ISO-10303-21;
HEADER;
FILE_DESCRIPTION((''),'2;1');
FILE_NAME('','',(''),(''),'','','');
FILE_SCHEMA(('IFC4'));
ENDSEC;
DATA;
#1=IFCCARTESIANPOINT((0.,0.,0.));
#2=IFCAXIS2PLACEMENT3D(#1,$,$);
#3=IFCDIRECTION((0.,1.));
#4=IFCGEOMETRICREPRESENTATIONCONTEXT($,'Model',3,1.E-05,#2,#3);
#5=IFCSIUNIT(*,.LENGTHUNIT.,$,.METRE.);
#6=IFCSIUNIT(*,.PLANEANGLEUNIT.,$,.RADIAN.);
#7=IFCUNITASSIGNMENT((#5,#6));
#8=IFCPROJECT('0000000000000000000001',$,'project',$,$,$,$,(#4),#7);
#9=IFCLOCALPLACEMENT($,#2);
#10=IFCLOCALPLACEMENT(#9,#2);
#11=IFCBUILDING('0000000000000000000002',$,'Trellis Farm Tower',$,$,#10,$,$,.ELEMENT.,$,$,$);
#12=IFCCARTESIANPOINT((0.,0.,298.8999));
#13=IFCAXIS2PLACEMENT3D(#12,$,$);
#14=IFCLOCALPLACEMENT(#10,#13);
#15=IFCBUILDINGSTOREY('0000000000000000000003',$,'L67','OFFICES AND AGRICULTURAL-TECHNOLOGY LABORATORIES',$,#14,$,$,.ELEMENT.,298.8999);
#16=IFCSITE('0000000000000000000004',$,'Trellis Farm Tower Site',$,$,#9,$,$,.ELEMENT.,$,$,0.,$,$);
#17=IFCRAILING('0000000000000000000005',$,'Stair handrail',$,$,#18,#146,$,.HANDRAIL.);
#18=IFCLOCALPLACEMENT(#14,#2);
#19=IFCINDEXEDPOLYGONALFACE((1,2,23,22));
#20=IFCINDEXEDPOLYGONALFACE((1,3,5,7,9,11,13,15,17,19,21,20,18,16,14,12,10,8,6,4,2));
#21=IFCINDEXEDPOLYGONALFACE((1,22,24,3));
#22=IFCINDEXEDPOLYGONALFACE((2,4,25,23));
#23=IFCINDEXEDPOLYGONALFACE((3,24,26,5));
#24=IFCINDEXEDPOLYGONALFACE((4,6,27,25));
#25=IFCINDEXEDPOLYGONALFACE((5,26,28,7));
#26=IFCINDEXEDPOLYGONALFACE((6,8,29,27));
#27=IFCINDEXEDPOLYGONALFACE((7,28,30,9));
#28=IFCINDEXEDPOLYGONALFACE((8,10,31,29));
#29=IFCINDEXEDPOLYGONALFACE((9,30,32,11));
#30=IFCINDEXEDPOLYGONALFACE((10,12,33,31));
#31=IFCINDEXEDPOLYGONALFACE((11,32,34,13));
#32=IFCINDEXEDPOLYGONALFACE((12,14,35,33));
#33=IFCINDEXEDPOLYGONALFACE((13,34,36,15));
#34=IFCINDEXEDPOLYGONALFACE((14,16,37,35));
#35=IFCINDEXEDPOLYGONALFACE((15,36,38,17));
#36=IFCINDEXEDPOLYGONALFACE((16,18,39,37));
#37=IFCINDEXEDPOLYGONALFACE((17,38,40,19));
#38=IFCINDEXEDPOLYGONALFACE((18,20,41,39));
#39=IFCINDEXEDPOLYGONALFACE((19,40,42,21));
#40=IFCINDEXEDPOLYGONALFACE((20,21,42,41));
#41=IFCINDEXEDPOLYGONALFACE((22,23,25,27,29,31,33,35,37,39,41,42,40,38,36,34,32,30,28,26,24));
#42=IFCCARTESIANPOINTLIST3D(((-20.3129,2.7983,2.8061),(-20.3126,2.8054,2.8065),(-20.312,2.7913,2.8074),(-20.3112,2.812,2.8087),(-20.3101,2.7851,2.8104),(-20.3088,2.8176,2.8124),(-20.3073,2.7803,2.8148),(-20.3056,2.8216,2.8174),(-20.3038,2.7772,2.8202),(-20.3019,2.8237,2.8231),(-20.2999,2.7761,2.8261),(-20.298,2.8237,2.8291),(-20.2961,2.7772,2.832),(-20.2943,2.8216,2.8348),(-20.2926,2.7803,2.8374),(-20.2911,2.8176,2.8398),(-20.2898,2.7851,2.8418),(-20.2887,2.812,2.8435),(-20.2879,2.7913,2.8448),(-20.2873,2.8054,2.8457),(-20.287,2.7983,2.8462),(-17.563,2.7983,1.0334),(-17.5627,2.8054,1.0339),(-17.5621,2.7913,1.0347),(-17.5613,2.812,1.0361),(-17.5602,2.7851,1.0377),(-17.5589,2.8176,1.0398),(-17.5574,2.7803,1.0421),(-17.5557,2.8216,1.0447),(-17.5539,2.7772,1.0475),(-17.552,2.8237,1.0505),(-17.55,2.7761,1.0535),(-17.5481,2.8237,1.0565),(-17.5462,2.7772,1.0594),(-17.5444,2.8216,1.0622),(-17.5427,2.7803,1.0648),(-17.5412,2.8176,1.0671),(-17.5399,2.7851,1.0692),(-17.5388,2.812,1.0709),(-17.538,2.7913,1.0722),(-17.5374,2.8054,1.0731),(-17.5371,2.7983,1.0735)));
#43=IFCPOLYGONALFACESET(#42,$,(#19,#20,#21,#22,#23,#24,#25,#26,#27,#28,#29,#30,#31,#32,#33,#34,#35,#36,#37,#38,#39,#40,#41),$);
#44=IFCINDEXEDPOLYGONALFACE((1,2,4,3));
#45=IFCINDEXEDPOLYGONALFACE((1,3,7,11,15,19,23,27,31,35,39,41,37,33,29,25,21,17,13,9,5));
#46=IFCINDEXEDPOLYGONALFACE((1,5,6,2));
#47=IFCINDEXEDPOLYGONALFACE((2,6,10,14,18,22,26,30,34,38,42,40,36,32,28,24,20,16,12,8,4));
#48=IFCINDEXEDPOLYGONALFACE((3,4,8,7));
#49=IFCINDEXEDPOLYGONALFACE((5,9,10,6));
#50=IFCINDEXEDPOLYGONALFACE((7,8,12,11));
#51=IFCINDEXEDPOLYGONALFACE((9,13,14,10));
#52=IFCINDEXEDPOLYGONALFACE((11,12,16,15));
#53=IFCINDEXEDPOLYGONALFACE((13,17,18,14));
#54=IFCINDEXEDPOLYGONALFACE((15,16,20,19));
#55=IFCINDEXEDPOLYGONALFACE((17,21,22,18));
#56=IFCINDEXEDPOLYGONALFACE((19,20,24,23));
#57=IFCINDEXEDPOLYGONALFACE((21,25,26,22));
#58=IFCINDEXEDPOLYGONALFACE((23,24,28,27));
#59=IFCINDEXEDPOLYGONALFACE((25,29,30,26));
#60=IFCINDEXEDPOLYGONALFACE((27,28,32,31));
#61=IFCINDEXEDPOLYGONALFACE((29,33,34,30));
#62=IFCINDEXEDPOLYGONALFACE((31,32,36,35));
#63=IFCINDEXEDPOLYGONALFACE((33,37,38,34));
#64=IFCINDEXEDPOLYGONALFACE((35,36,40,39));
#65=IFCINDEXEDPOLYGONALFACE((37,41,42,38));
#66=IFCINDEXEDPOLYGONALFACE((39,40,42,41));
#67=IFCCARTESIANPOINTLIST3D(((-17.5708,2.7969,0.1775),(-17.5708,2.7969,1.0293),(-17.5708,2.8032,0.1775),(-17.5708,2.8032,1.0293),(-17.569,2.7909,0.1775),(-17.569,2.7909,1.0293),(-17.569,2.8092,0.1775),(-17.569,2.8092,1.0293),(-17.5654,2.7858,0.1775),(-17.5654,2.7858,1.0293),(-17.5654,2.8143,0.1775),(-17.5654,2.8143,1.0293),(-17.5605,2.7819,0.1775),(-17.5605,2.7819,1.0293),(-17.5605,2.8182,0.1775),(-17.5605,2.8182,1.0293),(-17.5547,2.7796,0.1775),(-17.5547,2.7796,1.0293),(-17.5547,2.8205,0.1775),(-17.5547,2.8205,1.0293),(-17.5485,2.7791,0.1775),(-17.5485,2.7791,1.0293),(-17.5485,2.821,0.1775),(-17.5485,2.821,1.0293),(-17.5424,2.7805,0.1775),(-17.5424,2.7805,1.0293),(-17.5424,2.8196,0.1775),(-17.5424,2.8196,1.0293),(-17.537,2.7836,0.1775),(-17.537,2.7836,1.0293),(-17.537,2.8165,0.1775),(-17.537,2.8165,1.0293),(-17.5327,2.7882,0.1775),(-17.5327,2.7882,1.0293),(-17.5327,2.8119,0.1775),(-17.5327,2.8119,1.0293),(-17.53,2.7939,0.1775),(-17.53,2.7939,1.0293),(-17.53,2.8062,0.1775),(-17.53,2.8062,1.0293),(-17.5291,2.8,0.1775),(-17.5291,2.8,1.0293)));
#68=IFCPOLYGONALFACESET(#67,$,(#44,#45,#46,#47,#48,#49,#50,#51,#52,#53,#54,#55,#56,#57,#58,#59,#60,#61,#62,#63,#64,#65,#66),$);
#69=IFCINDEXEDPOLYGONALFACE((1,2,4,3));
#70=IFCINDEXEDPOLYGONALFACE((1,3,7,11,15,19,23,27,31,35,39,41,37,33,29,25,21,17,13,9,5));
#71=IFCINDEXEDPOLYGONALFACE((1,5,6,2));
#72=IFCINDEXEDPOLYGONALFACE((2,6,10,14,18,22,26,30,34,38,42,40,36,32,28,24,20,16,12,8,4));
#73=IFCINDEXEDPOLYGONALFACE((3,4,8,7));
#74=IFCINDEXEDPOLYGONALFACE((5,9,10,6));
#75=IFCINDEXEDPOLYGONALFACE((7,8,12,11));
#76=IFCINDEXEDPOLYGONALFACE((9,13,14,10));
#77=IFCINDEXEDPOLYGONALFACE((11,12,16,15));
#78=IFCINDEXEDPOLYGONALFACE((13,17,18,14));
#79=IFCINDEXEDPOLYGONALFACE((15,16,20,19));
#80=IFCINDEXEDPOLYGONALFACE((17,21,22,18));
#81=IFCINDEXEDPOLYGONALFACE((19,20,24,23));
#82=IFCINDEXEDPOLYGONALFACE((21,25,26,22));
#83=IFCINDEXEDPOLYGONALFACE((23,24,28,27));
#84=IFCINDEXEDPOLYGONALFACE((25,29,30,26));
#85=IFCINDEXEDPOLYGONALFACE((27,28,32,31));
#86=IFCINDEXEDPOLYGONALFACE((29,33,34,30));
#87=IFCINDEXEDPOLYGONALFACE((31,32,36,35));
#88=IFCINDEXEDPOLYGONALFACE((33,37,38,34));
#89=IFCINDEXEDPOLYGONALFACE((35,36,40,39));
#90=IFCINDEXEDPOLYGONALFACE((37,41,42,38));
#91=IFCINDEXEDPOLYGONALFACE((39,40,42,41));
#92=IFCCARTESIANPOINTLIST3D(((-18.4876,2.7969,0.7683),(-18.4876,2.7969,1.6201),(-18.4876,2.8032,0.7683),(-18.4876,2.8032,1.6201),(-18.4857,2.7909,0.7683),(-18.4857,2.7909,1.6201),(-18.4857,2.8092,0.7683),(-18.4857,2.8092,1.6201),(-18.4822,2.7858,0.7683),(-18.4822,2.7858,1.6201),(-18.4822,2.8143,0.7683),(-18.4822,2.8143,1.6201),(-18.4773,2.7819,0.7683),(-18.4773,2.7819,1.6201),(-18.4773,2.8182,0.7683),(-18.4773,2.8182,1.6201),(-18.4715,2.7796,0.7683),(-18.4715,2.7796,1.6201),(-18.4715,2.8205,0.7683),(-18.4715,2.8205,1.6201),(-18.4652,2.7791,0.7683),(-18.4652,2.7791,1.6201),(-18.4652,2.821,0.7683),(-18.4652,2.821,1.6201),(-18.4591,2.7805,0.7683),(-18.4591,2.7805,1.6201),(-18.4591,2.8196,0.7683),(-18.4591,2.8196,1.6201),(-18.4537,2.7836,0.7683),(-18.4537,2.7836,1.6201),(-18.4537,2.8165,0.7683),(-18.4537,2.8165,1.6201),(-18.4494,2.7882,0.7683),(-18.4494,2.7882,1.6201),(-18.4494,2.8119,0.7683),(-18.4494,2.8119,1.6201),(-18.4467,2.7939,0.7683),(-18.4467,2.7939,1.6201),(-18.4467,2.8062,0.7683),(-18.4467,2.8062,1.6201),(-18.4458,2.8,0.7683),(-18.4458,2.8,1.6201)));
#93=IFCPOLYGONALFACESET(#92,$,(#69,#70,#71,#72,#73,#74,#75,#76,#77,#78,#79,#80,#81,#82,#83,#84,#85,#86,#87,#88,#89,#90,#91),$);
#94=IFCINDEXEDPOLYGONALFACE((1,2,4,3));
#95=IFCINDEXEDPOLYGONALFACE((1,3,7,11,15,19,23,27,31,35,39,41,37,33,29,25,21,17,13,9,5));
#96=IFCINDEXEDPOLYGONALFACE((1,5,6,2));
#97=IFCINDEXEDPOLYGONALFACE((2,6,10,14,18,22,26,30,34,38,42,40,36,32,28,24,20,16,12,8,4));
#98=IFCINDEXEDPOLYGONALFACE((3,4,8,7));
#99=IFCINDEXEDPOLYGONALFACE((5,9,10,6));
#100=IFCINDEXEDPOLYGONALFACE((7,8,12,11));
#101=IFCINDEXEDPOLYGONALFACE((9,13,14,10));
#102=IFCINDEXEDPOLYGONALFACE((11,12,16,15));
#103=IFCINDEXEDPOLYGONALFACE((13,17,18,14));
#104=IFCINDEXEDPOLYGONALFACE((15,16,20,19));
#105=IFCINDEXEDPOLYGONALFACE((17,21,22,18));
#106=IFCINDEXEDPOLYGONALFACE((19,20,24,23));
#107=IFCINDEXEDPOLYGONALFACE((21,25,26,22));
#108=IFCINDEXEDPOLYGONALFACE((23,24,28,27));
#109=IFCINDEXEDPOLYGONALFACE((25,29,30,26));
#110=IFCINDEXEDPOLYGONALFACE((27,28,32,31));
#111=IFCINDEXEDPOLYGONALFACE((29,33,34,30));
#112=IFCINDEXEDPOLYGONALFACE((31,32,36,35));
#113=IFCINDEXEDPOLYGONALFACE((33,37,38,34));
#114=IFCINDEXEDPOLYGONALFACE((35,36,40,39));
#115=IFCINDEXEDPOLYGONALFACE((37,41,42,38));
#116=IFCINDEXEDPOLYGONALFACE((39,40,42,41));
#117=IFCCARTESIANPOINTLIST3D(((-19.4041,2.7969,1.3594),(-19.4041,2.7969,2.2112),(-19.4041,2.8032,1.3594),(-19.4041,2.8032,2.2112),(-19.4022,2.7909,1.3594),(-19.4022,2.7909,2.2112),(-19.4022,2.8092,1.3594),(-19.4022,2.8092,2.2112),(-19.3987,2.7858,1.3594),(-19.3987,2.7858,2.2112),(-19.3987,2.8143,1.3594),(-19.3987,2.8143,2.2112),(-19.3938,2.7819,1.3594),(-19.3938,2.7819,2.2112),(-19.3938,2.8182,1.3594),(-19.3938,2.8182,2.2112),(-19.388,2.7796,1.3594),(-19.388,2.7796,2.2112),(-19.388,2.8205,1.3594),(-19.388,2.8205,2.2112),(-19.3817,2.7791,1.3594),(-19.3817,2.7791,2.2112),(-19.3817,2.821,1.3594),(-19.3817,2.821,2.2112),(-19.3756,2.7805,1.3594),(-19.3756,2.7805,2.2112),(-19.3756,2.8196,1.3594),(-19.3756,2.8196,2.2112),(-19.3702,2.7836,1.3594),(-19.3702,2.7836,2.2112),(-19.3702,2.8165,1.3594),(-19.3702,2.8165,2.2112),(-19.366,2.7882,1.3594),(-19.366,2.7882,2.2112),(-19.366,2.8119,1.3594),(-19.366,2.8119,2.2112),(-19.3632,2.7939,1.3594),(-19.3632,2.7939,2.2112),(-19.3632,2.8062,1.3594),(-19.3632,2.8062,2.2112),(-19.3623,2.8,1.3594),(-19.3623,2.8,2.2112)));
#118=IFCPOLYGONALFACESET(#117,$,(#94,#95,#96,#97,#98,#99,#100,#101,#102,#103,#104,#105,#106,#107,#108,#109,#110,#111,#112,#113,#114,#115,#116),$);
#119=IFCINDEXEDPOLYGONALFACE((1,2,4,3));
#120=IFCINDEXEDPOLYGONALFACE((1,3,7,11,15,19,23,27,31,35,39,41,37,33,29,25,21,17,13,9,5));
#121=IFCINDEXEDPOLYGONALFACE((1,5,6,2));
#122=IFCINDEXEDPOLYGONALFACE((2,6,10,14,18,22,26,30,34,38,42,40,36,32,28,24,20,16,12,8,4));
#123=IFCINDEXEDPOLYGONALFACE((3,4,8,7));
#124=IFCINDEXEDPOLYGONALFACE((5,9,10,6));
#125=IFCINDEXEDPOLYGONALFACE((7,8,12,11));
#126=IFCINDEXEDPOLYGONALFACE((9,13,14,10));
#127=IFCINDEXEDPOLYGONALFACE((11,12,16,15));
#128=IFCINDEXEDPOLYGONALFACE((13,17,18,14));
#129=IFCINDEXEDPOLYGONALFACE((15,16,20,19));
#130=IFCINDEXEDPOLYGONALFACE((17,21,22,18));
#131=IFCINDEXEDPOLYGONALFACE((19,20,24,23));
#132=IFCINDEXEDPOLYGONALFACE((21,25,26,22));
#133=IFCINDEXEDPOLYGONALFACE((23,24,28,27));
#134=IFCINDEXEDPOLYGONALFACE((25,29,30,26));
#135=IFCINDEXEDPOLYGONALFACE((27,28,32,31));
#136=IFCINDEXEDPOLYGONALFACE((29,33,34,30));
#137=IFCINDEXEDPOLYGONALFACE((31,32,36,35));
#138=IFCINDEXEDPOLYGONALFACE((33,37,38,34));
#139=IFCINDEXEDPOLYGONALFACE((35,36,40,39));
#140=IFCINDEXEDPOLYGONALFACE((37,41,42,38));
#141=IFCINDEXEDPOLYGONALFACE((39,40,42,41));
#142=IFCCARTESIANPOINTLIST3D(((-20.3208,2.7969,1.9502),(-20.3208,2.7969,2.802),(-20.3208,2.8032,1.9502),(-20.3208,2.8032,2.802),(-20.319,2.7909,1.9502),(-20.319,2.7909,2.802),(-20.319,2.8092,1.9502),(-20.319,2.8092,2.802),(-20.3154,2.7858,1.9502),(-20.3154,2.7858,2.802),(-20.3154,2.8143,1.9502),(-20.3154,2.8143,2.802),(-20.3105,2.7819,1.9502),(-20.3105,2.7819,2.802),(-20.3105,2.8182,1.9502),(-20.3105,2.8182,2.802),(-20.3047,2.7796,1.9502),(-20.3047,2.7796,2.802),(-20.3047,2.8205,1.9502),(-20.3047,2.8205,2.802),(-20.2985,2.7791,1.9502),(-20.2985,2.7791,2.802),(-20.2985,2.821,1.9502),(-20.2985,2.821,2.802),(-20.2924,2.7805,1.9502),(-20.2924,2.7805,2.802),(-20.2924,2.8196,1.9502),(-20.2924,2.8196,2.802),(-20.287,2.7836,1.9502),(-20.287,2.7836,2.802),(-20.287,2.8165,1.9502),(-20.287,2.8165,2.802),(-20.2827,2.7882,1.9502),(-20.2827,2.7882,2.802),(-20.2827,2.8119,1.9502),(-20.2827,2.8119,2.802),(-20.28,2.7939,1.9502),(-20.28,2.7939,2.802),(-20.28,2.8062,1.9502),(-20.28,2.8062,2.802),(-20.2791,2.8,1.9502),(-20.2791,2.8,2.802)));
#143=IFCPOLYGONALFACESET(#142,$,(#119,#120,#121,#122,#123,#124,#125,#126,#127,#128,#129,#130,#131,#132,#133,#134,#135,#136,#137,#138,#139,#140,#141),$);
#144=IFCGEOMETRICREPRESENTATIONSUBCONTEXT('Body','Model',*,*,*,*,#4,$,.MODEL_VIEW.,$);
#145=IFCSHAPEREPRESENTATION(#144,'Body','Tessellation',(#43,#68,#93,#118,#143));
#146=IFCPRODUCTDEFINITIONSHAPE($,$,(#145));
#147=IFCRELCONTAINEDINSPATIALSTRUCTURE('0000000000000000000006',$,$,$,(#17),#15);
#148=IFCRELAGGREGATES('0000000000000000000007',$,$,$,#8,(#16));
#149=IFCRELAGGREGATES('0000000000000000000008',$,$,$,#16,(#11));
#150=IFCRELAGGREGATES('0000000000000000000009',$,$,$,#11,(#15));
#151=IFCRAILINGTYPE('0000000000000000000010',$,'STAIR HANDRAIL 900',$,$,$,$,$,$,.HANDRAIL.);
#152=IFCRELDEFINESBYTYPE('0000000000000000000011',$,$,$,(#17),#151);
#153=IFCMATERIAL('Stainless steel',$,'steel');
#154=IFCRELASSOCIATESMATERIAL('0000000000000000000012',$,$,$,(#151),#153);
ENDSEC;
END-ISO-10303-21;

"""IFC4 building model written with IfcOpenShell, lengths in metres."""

from ifc_helpers import new_model, si_unit, direction, frame, origin, origin_2d, place, context, subcontext, project, spatial, circle, extrude, source, transform, mapped, material, type_object, element, save


model = new_model("IFC4")

# Units and contexts
model_context = context("Model", 3, precision=1e-05, world=origin(), true_north=direction((0.0, 1.0)))
body_context = subcontext(model_context, "Body", "Model", "MODEL_VIEW")
ifc_project = project(units=[si_unit("LENGTHUNIT", "METRE"), si_unit("PLANEANGLEUNIT", "RADIAN")], contexts=[model_context])

# Site, building, storey
site_placement = place(None, origin())
site = spatial("IfcSite", under=ifc_project, at=site_placement, Name="Trellis Farm Tower Site", CompositionType="ELEMENT", RefElevation=0.0)
building_placement = place(site_placement, origin())
building = spatial("IfcBuilding", under=site, at=building_placement, Name="Trellis Farm Tower", CompositionType="ELEMENT")
storey_placement = place(building_placement, frame((0.0, 0.0, 298.8999)))
storey = spatial("IfcBuildingStorey", under=building, at=storey_placement, Name="L67", Description="OFFICES AND AGRICULTURAL-TECHNOLOGY LABORATORIES", CompositionType="ELEMENT", Elevation=298.8999)

# Railing
ifc_material_1 = material(Name="Stainless steel", Category="steel")
railing_type = type_object("IfcRailingType", Name="STAIR HANDRAIL 900", PredefinedType="HANDRAIL", material=ifc_material_1)
shared_shape_1 = source(origin(), body_context, "Body", "SweptSolid", [
    extrude(circle(Radius=0.0239, at=origin_2d()), frame((0.0, 0.0, 0.876), z_axis=(-0.840504, 0.0, 0.541806), x_axis=(0.0, -1.0, 0.0)), (0.0, 0.0, 1.0), 3.2717),
    extrude(circle(Radius=0.021, at=origin_2d()), origin(), (0.0, 0.0, 1.0), 0.8518),
    extrude(circle(Radius=0.021, at=origin_2d()), frame((-0.9167, 0.0, 0.5908)), (0.0, 0.0, 1.0), 0.8518),
    extrude(circle(Radius=0.021, at=origin_2d()), frame((-1.8333, 0.0, 1.1819)), (0.0, 0.0, 1.0), 0.8518),
    extrude(circle(Radius=0.021, at=origin_2d()), frame((-2.75, 0.0, 1.7727)), (0.0, 0.0, 1.0), 0.8518),
])
railing_placement = place(storey_placement, frame((-17.55, 2.8, 0.1775)))
element("IfcRailing", 1, at=railing_placement, inside=storey, type_object=railing_type, Name="Stair handrail", PredefinedType="HANDRAIL", context=body_context, shape_type="MappedRepresentation", body=[
    mapped(shared_shape_1, transform((0.0, 0.0, 0.0))),
])

save(model, "model.ifc")
